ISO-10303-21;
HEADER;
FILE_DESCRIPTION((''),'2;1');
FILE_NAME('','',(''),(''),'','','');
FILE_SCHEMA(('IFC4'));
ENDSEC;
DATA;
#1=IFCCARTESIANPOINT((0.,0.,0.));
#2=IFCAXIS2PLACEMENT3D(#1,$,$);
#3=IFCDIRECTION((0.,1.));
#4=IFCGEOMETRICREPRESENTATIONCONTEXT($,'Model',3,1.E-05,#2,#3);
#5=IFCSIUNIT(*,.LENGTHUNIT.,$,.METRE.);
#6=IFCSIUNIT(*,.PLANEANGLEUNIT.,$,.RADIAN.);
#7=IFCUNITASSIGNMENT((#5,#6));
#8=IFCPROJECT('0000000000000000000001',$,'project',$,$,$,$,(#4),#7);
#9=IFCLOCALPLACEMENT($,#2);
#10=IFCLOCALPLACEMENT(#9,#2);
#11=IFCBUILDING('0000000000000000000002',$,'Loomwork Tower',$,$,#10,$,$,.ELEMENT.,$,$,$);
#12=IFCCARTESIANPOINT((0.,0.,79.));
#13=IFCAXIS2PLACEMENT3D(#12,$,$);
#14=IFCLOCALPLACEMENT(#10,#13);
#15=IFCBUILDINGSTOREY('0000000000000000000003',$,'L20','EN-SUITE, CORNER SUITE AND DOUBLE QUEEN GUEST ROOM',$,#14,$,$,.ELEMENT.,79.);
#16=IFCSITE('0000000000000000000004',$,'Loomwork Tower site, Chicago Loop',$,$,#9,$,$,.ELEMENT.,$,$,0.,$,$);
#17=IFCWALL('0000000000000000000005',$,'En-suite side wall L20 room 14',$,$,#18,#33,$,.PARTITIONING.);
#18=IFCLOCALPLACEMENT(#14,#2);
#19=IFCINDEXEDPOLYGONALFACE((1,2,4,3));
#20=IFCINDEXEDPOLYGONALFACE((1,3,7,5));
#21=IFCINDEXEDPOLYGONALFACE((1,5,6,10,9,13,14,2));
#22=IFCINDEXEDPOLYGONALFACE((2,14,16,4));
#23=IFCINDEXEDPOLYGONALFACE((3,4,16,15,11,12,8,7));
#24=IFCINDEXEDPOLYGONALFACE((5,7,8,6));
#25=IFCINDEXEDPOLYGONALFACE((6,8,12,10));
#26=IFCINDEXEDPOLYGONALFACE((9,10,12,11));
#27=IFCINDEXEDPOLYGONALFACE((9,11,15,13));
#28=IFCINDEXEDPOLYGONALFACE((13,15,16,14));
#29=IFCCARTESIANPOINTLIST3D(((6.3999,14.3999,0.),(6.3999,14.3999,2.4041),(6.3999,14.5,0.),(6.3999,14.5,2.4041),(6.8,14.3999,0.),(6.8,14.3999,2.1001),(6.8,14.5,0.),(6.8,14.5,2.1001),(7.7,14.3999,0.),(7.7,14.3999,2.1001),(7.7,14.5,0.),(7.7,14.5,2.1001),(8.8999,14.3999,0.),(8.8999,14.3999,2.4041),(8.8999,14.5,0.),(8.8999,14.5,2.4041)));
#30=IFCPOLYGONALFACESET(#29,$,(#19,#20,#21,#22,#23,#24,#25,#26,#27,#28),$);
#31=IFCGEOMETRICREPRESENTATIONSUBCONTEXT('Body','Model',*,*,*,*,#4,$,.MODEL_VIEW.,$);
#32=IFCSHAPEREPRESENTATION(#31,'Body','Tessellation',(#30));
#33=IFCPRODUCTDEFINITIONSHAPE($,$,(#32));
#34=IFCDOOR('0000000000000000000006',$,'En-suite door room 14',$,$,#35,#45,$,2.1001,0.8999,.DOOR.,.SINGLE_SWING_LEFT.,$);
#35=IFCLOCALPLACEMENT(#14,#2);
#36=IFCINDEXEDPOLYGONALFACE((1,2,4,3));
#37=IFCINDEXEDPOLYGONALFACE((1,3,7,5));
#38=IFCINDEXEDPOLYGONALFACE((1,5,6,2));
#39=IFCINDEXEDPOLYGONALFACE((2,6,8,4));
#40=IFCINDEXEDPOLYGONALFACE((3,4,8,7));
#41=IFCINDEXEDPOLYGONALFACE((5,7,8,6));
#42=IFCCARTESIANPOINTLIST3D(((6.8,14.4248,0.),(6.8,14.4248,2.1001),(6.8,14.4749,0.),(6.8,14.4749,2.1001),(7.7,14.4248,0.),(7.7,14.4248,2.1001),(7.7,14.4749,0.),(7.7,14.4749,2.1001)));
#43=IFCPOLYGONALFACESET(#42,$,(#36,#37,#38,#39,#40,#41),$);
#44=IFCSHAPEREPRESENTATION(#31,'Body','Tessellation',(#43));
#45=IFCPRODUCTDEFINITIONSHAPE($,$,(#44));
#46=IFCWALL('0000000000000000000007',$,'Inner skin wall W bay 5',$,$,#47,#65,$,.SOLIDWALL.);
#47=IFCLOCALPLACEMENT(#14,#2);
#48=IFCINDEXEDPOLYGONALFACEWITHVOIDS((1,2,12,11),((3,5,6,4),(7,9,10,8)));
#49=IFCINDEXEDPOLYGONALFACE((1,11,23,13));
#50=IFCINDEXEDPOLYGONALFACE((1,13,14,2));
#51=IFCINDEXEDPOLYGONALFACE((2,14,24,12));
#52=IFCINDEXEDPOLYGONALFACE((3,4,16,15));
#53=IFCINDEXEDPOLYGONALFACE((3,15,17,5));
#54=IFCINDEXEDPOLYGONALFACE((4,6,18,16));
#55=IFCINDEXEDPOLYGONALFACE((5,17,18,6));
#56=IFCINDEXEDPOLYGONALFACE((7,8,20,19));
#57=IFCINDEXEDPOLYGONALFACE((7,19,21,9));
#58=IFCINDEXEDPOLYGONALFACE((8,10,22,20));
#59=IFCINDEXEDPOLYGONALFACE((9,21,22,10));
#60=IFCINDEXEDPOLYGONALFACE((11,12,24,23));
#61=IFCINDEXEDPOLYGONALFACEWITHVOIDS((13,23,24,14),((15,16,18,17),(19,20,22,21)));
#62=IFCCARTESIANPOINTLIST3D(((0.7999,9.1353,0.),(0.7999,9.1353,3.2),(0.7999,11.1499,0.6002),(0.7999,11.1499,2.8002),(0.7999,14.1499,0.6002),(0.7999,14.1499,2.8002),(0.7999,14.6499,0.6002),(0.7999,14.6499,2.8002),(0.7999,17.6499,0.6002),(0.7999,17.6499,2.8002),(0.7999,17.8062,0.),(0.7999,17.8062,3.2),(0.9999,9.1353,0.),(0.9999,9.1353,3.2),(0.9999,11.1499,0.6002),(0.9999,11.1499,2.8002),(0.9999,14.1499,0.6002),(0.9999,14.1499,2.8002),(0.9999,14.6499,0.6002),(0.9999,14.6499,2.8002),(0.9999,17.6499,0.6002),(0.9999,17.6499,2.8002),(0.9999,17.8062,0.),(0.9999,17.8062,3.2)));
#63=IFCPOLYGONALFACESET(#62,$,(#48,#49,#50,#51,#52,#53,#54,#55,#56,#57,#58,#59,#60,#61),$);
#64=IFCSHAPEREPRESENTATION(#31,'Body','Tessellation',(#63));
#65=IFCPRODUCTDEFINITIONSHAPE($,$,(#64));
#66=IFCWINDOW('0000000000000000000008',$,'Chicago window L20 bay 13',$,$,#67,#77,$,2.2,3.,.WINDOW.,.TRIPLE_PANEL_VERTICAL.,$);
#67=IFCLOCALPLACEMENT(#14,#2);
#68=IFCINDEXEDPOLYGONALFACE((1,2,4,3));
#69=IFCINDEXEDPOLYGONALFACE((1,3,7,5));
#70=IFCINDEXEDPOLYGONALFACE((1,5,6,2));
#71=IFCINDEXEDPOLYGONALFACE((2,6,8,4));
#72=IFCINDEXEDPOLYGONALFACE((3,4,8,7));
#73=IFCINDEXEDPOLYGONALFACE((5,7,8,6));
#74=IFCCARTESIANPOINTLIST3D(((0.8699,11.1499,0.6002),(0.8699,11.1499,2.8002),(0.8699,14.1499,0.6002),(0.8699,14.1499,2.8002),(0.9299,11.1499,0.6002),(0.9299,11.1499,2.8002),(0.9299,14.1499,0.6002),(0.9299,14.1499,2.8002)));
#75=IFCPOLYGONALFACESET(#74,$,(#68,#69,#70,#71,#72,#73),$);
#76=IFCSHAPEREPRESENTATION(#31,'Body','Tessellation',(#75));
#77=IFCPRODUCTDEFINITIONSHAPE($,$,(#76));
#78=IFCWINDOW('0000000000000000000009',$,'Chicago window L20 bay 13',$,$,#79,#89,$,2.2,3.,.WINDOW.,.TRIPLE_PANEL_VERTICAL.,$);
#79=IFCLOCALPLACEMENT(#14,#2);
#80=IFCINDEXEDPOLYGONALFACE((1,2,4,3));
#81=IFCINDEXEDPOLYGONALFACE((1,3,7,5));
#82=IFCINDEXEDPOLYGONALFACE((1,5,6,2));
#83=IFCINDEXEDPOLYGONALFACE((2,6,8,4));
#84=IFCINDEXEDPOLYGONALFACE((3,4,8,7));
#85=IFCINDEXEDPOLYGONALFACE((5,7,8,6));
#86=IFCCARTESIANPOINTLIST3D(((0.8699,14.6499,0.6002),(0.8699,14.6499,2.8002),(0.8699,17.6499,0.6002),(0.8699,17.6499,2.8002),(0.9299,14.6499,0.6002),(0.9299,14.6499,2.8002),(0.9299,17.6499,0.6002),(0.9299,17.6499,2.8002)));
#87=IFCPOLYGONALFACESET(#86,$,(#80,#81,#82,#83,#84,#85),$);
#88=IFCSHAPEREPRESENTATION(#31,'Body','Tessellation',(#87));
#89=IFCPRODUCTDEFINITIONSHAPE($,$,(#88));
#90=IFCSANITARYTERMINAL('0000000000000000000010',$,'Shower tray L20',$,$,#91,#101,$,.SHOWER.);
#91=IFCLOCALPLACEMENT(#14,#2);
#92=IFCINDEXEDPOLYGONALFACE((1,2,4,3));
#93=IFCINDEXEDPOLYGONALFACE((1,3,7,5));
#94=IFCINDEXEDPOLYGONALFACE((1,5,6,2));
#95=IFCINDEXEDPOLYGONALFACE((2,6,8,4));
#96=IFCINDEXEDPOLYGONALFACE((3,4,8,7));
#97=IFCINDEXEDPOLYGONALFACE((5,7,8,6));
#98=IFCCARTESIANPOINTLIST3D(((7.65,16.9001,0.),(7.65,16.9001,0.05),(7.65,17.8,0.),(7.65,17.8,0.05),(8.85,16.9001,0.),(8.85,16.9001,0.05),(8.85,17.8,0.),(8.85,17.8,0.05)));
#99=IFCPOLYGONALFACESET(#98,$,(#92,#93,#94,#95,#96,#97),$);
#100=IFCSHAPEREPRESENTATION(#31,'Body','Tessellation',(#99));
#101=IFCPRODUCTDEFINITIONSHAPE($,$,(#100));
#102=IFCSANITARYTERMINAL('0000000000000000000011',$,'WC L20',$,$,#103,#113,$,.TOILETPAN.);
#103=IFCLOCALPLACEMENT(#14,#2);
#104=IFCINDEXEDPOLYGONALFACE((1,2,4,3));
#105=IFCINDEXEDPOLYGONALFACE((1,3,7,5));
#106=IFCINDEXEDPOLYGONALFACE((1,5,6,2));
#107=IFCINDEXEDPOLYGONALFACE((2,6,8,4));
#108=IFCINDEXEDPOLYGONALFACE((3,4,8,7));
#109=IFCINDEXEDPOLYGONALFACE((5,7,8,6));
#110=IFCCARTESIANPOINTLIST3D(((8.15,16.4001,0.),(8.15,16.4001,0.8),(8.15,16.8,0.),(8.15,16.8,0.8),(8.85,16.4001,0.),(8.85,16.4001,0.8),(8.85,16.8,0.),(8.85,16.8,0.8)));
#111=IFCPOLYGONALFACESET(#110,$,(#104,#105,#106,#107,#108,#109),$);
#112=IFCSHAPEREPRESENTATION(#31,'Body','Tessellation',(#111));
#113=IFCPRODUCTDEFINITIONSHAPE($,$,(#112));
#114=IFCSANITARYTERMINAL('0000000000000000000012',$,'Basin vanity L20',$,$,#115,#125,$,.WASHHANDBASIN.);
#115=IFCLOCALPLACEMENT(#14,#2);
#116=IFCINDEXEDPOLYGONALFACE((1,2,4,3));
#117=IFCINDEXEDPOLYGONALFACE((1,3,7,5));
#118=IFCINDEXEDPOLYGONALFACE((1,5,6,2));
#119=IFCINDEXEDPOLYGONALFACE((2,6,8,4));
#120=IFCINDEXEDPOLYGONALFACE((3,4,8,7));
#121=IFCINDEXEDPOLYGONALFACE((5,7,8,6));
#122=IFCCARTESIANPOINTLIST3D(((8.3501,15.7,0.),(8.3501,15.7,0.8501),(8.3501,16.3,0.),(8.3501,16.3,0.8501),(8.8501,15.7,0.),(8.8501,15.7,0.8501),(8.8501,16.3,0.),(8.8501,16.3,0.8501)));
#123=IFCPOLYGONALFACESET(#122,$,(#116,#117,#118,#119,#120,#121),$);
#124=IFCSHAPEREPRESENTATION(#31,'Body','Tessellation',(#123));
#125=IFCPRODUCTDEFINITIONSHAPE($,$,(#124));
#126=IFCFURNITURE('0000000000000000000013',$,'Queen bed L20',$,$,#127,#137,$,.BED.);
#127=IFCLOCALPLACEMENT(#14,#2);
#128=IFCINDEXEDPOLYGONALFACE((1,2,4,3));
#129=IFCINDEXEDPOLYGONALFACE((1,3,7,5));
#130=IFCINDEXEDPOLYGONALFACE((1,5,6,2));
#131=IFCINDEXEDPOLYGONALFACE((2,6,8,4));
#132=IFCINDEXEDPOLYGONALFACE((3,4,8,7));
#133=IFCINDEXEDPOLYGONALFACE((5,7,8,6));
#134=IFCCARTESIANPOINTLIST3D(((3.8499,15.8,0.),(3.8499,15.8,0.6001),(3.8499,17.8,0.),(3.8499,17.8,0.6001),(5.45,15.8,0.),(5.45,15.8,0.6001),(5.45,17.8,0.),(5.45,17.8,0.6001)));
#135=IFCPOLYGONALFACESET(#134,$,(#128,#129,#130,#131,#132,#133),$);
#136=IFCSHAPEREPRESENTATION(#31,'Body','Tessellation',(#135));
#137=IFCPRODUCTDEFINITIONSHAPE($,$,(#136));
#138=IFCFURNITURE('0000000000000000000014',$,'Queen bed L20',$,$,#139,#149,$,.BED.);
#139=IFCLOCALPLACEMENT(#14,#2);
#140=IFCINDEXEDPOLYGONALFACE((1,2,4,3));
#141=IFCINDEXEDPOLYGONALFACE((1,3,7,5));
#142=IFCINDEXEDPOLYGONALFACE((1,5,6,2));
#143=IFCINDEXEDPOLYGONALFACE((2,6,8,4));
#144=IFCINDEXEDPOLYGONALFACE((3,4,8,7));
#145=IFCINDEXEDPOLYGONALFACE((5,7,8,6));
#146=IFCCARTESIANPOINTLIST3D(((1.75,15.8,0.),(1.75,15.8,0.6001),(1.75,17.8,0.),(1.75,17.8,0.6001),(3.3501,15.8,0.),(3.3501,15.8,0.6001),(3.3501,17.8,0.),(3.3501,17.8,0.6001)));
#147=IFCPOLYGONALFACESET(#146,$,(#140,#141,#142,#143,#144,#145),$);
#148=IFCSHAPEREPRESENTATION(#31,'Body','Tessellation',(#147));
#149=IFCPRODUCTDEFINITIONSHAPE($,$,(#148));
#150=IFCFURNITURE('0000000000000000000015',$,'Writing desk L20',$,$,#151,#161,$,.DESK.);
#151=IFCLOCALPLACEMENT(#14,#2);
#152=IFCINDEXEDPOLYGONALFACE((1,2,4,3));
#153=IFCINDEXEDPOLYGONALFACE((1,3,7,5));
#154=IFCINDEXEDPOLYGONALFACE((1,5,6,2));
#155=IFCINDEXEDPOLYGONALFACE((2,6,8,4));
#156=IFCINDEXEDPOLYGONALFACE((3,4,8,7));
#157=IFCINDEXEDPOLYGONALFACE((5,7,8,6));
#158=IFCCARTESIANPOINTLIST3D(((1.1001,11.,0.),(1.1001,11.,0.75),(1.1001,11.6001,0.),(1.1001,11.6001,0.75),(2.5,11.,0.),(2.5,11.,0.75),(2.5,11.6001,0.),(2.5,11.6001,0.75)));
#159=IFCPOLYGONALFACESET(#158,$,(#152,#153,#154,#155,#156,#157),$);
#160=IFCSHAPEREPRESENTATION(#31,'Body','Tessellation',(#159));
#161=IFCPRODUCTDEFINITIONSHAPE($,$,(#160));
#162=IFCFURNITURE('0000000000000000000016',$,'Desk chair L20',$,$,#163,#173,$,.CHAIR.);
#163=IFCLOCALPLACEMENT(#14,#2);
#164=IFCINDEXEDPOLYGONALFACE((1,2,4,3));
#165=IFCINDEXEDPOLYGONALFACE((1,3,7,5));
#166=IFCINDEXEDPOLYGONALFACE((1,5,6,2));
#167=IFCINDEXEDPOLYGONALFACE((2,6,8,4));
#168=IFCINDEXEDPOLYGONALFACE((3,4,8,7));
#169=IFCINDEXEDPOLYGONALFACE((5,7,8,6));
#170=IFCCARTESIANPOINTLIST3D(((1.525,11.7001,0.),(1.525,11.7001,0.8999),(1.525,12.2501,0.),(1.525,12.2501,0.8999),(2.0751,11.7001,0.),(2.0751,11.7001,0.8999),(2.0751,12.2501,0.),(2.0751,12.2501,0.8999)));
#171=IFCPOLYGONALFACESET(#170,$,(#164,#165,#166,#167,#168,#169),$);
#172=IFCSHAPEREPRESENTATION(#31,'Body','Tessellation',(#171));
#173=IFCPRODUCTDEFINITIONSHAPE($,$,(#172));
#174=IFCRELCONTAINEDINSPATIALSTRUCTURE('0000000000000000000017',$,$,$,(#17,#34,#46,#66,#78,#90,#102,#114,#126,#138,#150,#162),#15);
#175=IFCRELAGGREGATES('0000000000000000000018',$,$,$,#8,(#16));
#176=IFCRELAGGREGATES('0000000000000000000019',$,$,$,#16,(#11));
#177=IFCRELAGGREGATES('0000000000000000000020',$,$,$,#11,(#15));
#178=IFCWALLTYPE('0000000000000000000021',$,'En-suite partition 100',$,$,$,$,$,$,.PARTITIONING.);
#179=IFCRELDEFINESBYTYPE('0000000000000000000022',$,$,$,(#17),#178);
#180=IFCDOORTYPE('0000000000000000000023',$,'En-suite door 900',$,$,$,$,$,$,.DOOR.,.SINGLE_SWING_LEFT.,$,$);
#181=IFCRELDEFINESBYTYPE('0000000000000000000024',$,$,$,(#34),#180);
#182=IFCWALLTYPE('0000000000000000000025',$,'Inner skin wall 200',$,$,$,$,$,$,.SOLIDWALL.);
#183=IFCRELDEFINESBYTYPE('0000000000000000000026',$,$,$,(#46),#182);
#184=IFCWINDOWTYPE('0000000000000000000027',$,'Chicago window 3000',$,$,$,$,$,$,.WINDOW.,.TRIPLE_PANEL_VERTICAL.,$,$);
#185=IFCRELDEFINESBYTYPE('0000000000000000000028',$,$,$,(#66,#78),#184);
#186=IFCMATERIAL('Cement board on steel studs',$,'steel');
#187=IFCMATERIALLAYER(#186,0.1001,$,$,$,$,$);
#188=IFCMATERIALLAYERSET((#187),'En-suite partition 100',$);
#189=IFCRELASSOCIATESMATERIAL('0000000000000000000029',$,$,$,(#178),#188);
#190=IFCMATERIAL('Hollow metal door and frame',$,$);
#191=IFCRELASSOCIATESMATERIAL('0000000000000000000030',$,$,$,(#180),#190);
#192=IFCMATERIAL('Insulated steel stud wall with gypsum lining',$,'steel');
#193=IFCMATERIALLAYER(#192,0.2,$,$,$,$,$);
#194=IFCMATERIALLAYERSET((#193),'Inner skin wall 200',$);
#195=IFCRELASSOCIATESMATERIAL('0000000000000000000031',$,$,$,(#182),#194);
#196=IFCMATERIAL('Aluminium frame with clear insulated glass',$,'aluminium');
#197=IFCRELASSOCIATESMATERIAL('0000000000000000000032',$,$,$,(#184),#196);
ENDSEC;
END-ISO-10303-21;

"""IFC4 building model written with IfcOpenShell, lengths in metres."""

from ifc_helpers import new_model, si_unit, direction, frame, frame_2d, origin, origin_2d, place, context, subcontext, project, spatial, rectangle, extrude, material, layer, layer_set, type_object, element, fill, save


model = new_model("IFC4")

# Units and contexts
model_context = context("Model", 3, precision=1e-05, world=origin(), true_north=direction((0.0, 1.0)))
body_context = subcontext(model_context, "Body", "Model", "MODEL_VIEW")
ifc_project = project(units=[si_unit("LENGTHUNIT", "METRE"), si_unit("PLANEANGLEUNIT", "RADIAN")], contexts=[model_context])

# Site, building, storey
site_placement = place(None, origin())
site = spatial("IfcSite", under=ifc_project, at=site_placement, Name="Loomwork Tower site, Chicago Loop", CompositionType="ELEMENT", RefElevation=0.0)
building_placement = place(site_placement, origin())
building = spatial("IfcBuilding", under=site, at=building_placement, Name="Loomwork Tower", CompositionType="ELEMENT")
storey_placement = place(building_placement, frame((0.0, 0.0, 79.0)))
storey = spatial("IfcBuildingStorey", under=building, at=storey_placement, Name="L20", Description="EN-SUITE, CORNER SUITE AND DOUBLE QUEEN GUEST ROOM", CompositionType="ELEMENT", Elevation=79.0)

# Shared definitions
ifc_material_1 = material(Name="Cement board on steel studs", Category="steel")
ifc_layer_1 = layer(ifc_material_1, 0.1001)
ifc_layer_set_1 = layer_set([ifc_layer_1], Name="En-suite partition 100")
wall_type_1 = type_object("IfcWallType", Name="En-suite partition 100", PredefinedType="PARTITIONING", material=ifc_layer_set_1)

# Wall, opening, door
wall_1_placement = place(storey_placement, frame((8.8999, 14.45, 0.0), z_axis=(0.0, 0.0, 1.0), x_axis=(-1.0, 0.0, 0.0)))
wall_1 = element("IfcWall", 1, at=wall_1_placement, inside=storey, type_object=wall_type_1, Name="En-suite side wall L20 room 14", PredefinedType="PARTITIONING", context=body_context, shape_type="SweptSolid", body=[
    extrude(rectangle(XDim=2.5, YDim=0.1001, at=frame_2d((1.25, 0.0))), origin(), (0.0, 0.0, 1.0), 2.4041),
])
opening_1_placement = place(wall_1_placement, frame((1.2, 0.0, 0.0)))
opening_1 = element("IfcOpeningElement", 2, at=opening_1_placement, cuts=wall_1, PredefinedType="OPENING", context=body_context, shape_type="SweptSolid", body=[
    extrude(rectangle(XDim=0.8999, YDim=2.1001, at=frame_2d((0.45, 1.05))), frame((0.0, 0.0601, 0.0), z_axis=(0.0, -1.0, 0.0), x_axis=(1.0, 0.0, 0.0)), (0.0, 0.0, 1.0), 0.1201),
])
ifc_material_2 = material(Name="Hollow metal door and frame")
door_type_1 = type_object("IfcDoorType", Name="En-suite door 900", OperationType="SINGLE_SWING_LEFT", PredefinedType="DOOR", material=ifc_material_2)
door_1_placement = place(opening_1_placement, frame((0.8999, 0.0, 0.0), z_axis=(0.0, 0.0, 1.0), x_axis=(-1.0, 0.0, 0.0)))
door_1 = element("IfcDoor", 3, at=door_1_placement, inside=storey, type_object=door_type_1, Name="En-suite door room 14", OperationType="SINGLE_SWING_LEFT", OverallHeight=2.1001, OverallWidth=0.8999, PredefinedType="DOOR", context=body_context, shape_type="SweptSolid", body=[
    extrude(rectangle(XDim=0.8999, YDim=2.1001, at=frame_2d((0.45, 1.05))), frame((0.0, 0.0249, 0.0), z_axis=(0.0, -1.0, 0.0), x_axis=(1.0, 0.0, 0.0)), (0.0, 0.0, 1.0), 0.05),
])
fill(opening_1, door_1)

# Wall, openings, windows
ifc_material_3 = material(Name="Insulated steel stud wall with gypsum lining", Category="steel")
ifc_layer_2 = layer(ifc_material_3, 0.2)
ifc_layer_set_2 = layer_set([ifc_layer_2], Name="Inner skin wall 200")
wall_type_2 = type_object("IfcWallType", Name="Inner skin wall 200", PredefinedType="SOLIDWALL", material=ifc_layer_set_2)
wall_2_placement = place(storey_placement, frame((0.8999, 9.1353, 0.0), z_axis=(0.0, 0.0, 1.0), x_axis=(0.0, 1.0, 0.0)))
wall_2 = element("IfcWall", 4, at=wall_2_placement, inside=storey, type_object=wall_type_2, Name="Inner skin wall W bay 5", PredefinedType="SOLIDWALL", context=body_context, shape_type="SweptSolid", body=[
    extrude(rectangle(XDim=8.6709, YDim=0.2, at=frame_2d((4.3354, 0.0))), origin(), (0.0, 0.0, 1.0), 3.2),
])
opening_2_placement = place(wall_2_placement, frame((2.0146, 0.0, 0.6001)))
opening_2 = element("IfcOpeningElement", 5, at=opening_2_placement, cuts=wall_2, PredefinedType="OPENING", context=body_context, shape_type="SweptSolid", body=[
    extrude(rectangle(XDim=3.0, YDim=2.2, at=frame_2d((1.5, 1.1001))), frame((0.0, 0.1099, 0.0), z_axis=(0.0, -1.0, 0.0), x_axis=(1.0, 0.0, 0.0)), (0.0, 0.0, 1.0), 0.22),
])
opening_3_placement = place(wall_2_placement, frame((5.5146, 0.0, 0.6001)))
opening_3 = element("IfcOpeningElement", 6, at=opening_3_placement, cuts=wall_2, PredefinedType="OPENING", context=body_context, shape_type="SweptSolid", body=[
    extrude(rectangle(XDim=3.0, YDim=2.2, at=frame_2d((1.5, 1.1001))), frame((0.0, 0.1099, 0.0), z_axis=(0.0, -1.0, 0.0), x_axis=(1.0, 0.0, 0.0)), (0.0, 0.0, 1.0), 0.22),
])
ifc_material_4 = material(Name="Aluminium frame with clear insulated glass", Category="aluminium")
window_type = type_object("IfcWindowType", Name="Chicago window 3000", PartitioningType="TRIPLE_PANEL_VERTICAL", PredefinedType="WINDOW", material=ifc_material_4)
window_1_placement = place(opening_2_placement, origin())
window_1 = element("IfcWindow", 7, at=window_1_placement, inside=storey, type_object=window_type, Name="Chicago window L20 bay 13", OverallHeight=2.2, OverallWidth=3.0, PartitioningType="TRIPLE_PANEL_VERTICAL", PredefinedType="WINDOW", context=body_context, shape_type="SweptSolid", body=[
    extrude(rectangle(XDim=3.0, YDim=2.2, at=frame_2d((1.5, 1.1001))), frame((0.0, 0.03, 0.0), z_axis=(0.0, -1.0, 0.0), x_axis=(1.0, 0.0, 0.0)), (0.0, 0.0, 1.0), 0.0601),
])
fill(opening_2, window_1)
window_2_placement = place(opening_3_placement, origin())
window_2 = element("IfcWindow", 8, at=window_2_placement, inside=storey, type_object=window_type, Name="Chicago window L20 bay 13", OverallHeight=2.2, OverallWidth=3.0, PartitioningType="TRIPLE_PANEL_VERTICAL", PredefinedType="WINDOW", context=body_context, shape_type="SweptSolid", body=[
    extrude(rectangle(XDim=3.0, YDim=2.2, at=frame_2d((1.5, 1.1001))), frame((0.0, 0.03, 0.0), z_axis=(0.0, -1.0, 0.0), x_axis=(1.0, 0.0, 0.0)), (0.0, 0.0, 1.0), 0.0601),
])
fill(opening_3, window_2)

# Sanitary terminals
sanitary_terminal_1_placement = place(storey_placement, frame((8.25, 17.3501, 0.0), z_axis=(0.0, 0.0, 1.0), x_axis=(1.0, 0.0, 0.0)))
element("IfcSanitaryTerminal", 9, at=sanitary_terminal_1_placement, inside=storey, Name="Shower tray L20", PredefinedType="SHOWER", context=body_context, shape_type="SweptSolid", body=[
    extrude(rectangle(XDim=1.2, YDim=0.8999, at=origin_2d()), origin(), (0.0, 0.0, 1.0), 0.05),
])
sanitary_terminal_2_placement = place(storey_placement, frame((8.5, 16.6001, 0.0), z_axis=(0.0, 0.0, 1.0), x_axis=(1.0, 0.0, 0.0)))
element("IfcSanitaryTerminal", 10, at=sanitary_terminal_2_placement, inside=storey, Name="WC L20", PredefinedType="TOILETPAN", context=body_context, shape_type="SweptSolid", body=[
    extrude(rectangle(XDim=0.7, YDim=0.3999, at=origin_2d()), origin(), (0.0, 0.0, 1.0), 0.8),
])
sanitary_terminal_3_placement = place(storey_placement, frame((8.6001, 16.0, 0.0), z_axis=(0.0, 0.0, 1.0), x_axis=(1.0, 0.0, 0.0)))
element("IfcSanitaryTerminal", 11, at=sanitary_terminal_3_placement, inside=storey, Name="Basin vanity L20", PredefinedType="WASHHANDBASIN", context=body_context, shape_type="SweptSolid", body=[
    extrude(rectangle(XDim=0.5, YDim=0.6001, at=origin_2d()), origin(), (0.0, 0.0, 1.0), 0.8501),
])

# Furniture
for number, where, z_axis, x_axis, name in (
    (12, (4.6499, 16.8, 0.0), (0.0, 0.0, 1.0), (1.0, 0.0, 0.0), "Queen bed L20"),
    (13, (2.55, 16.8, 0.0), (0.0, 0.0, 1.0), (1.0, 0.0, 0.0), "Queen bed L20"),
):
    element("IfcFurniture", number, at=place(storey_placement, frame(where, z_axis=z_axis, x_axis=x_axis)), inside=storey, Name=name, PredefinedType="BED", context=body_context, shape_type="SweptSolid", body=[
        extrude(rectangle(XDim=1.6001, YDim=2.0, at=origin_2d()), origin(), (0.0, 0.0, 1.0), 0.6001),
    ])
furniture_1_placement = place(storey_placement, frame((1.8, 11.3, 0.0), z_axis=(0.0, 0.0, 1.0), x_axis=(1.0, 0.0, 0.0)))
element("IfcFurniture", 14, at=furniture_1_placement, inside=storey, Name="Writing desk L20", PredefinedType="DESK", context=body_context, shape_type="SweptSolid", body=[
    extrude(rectangle(XDim=1.3999, YDim=0.6001, at=origin_2d()), origin(), (0.0, 0.0, 1.0), 0.75),
])
furniture_2_placement = place(storey_placement, frame((1.8, 11.9751, 0.0), z_axis=(0.0, 0.0, 1.0), x_axis=(1.0, 0.0, 0.0)))
element("IfcFurniture", 15, at=furniture_2_placement, inside=storey, Name="Desk chair L20", PredefinedType="CHAIR", context=body_context, shape_type="SweptSolid", body=[
    extrude(rectangle(XDim=0.55, YDim=0.55, at=origin_2d()), origin(), (0.0, 0.0, 1.0), 0.8999),
])

save(model, "model.ifc")
